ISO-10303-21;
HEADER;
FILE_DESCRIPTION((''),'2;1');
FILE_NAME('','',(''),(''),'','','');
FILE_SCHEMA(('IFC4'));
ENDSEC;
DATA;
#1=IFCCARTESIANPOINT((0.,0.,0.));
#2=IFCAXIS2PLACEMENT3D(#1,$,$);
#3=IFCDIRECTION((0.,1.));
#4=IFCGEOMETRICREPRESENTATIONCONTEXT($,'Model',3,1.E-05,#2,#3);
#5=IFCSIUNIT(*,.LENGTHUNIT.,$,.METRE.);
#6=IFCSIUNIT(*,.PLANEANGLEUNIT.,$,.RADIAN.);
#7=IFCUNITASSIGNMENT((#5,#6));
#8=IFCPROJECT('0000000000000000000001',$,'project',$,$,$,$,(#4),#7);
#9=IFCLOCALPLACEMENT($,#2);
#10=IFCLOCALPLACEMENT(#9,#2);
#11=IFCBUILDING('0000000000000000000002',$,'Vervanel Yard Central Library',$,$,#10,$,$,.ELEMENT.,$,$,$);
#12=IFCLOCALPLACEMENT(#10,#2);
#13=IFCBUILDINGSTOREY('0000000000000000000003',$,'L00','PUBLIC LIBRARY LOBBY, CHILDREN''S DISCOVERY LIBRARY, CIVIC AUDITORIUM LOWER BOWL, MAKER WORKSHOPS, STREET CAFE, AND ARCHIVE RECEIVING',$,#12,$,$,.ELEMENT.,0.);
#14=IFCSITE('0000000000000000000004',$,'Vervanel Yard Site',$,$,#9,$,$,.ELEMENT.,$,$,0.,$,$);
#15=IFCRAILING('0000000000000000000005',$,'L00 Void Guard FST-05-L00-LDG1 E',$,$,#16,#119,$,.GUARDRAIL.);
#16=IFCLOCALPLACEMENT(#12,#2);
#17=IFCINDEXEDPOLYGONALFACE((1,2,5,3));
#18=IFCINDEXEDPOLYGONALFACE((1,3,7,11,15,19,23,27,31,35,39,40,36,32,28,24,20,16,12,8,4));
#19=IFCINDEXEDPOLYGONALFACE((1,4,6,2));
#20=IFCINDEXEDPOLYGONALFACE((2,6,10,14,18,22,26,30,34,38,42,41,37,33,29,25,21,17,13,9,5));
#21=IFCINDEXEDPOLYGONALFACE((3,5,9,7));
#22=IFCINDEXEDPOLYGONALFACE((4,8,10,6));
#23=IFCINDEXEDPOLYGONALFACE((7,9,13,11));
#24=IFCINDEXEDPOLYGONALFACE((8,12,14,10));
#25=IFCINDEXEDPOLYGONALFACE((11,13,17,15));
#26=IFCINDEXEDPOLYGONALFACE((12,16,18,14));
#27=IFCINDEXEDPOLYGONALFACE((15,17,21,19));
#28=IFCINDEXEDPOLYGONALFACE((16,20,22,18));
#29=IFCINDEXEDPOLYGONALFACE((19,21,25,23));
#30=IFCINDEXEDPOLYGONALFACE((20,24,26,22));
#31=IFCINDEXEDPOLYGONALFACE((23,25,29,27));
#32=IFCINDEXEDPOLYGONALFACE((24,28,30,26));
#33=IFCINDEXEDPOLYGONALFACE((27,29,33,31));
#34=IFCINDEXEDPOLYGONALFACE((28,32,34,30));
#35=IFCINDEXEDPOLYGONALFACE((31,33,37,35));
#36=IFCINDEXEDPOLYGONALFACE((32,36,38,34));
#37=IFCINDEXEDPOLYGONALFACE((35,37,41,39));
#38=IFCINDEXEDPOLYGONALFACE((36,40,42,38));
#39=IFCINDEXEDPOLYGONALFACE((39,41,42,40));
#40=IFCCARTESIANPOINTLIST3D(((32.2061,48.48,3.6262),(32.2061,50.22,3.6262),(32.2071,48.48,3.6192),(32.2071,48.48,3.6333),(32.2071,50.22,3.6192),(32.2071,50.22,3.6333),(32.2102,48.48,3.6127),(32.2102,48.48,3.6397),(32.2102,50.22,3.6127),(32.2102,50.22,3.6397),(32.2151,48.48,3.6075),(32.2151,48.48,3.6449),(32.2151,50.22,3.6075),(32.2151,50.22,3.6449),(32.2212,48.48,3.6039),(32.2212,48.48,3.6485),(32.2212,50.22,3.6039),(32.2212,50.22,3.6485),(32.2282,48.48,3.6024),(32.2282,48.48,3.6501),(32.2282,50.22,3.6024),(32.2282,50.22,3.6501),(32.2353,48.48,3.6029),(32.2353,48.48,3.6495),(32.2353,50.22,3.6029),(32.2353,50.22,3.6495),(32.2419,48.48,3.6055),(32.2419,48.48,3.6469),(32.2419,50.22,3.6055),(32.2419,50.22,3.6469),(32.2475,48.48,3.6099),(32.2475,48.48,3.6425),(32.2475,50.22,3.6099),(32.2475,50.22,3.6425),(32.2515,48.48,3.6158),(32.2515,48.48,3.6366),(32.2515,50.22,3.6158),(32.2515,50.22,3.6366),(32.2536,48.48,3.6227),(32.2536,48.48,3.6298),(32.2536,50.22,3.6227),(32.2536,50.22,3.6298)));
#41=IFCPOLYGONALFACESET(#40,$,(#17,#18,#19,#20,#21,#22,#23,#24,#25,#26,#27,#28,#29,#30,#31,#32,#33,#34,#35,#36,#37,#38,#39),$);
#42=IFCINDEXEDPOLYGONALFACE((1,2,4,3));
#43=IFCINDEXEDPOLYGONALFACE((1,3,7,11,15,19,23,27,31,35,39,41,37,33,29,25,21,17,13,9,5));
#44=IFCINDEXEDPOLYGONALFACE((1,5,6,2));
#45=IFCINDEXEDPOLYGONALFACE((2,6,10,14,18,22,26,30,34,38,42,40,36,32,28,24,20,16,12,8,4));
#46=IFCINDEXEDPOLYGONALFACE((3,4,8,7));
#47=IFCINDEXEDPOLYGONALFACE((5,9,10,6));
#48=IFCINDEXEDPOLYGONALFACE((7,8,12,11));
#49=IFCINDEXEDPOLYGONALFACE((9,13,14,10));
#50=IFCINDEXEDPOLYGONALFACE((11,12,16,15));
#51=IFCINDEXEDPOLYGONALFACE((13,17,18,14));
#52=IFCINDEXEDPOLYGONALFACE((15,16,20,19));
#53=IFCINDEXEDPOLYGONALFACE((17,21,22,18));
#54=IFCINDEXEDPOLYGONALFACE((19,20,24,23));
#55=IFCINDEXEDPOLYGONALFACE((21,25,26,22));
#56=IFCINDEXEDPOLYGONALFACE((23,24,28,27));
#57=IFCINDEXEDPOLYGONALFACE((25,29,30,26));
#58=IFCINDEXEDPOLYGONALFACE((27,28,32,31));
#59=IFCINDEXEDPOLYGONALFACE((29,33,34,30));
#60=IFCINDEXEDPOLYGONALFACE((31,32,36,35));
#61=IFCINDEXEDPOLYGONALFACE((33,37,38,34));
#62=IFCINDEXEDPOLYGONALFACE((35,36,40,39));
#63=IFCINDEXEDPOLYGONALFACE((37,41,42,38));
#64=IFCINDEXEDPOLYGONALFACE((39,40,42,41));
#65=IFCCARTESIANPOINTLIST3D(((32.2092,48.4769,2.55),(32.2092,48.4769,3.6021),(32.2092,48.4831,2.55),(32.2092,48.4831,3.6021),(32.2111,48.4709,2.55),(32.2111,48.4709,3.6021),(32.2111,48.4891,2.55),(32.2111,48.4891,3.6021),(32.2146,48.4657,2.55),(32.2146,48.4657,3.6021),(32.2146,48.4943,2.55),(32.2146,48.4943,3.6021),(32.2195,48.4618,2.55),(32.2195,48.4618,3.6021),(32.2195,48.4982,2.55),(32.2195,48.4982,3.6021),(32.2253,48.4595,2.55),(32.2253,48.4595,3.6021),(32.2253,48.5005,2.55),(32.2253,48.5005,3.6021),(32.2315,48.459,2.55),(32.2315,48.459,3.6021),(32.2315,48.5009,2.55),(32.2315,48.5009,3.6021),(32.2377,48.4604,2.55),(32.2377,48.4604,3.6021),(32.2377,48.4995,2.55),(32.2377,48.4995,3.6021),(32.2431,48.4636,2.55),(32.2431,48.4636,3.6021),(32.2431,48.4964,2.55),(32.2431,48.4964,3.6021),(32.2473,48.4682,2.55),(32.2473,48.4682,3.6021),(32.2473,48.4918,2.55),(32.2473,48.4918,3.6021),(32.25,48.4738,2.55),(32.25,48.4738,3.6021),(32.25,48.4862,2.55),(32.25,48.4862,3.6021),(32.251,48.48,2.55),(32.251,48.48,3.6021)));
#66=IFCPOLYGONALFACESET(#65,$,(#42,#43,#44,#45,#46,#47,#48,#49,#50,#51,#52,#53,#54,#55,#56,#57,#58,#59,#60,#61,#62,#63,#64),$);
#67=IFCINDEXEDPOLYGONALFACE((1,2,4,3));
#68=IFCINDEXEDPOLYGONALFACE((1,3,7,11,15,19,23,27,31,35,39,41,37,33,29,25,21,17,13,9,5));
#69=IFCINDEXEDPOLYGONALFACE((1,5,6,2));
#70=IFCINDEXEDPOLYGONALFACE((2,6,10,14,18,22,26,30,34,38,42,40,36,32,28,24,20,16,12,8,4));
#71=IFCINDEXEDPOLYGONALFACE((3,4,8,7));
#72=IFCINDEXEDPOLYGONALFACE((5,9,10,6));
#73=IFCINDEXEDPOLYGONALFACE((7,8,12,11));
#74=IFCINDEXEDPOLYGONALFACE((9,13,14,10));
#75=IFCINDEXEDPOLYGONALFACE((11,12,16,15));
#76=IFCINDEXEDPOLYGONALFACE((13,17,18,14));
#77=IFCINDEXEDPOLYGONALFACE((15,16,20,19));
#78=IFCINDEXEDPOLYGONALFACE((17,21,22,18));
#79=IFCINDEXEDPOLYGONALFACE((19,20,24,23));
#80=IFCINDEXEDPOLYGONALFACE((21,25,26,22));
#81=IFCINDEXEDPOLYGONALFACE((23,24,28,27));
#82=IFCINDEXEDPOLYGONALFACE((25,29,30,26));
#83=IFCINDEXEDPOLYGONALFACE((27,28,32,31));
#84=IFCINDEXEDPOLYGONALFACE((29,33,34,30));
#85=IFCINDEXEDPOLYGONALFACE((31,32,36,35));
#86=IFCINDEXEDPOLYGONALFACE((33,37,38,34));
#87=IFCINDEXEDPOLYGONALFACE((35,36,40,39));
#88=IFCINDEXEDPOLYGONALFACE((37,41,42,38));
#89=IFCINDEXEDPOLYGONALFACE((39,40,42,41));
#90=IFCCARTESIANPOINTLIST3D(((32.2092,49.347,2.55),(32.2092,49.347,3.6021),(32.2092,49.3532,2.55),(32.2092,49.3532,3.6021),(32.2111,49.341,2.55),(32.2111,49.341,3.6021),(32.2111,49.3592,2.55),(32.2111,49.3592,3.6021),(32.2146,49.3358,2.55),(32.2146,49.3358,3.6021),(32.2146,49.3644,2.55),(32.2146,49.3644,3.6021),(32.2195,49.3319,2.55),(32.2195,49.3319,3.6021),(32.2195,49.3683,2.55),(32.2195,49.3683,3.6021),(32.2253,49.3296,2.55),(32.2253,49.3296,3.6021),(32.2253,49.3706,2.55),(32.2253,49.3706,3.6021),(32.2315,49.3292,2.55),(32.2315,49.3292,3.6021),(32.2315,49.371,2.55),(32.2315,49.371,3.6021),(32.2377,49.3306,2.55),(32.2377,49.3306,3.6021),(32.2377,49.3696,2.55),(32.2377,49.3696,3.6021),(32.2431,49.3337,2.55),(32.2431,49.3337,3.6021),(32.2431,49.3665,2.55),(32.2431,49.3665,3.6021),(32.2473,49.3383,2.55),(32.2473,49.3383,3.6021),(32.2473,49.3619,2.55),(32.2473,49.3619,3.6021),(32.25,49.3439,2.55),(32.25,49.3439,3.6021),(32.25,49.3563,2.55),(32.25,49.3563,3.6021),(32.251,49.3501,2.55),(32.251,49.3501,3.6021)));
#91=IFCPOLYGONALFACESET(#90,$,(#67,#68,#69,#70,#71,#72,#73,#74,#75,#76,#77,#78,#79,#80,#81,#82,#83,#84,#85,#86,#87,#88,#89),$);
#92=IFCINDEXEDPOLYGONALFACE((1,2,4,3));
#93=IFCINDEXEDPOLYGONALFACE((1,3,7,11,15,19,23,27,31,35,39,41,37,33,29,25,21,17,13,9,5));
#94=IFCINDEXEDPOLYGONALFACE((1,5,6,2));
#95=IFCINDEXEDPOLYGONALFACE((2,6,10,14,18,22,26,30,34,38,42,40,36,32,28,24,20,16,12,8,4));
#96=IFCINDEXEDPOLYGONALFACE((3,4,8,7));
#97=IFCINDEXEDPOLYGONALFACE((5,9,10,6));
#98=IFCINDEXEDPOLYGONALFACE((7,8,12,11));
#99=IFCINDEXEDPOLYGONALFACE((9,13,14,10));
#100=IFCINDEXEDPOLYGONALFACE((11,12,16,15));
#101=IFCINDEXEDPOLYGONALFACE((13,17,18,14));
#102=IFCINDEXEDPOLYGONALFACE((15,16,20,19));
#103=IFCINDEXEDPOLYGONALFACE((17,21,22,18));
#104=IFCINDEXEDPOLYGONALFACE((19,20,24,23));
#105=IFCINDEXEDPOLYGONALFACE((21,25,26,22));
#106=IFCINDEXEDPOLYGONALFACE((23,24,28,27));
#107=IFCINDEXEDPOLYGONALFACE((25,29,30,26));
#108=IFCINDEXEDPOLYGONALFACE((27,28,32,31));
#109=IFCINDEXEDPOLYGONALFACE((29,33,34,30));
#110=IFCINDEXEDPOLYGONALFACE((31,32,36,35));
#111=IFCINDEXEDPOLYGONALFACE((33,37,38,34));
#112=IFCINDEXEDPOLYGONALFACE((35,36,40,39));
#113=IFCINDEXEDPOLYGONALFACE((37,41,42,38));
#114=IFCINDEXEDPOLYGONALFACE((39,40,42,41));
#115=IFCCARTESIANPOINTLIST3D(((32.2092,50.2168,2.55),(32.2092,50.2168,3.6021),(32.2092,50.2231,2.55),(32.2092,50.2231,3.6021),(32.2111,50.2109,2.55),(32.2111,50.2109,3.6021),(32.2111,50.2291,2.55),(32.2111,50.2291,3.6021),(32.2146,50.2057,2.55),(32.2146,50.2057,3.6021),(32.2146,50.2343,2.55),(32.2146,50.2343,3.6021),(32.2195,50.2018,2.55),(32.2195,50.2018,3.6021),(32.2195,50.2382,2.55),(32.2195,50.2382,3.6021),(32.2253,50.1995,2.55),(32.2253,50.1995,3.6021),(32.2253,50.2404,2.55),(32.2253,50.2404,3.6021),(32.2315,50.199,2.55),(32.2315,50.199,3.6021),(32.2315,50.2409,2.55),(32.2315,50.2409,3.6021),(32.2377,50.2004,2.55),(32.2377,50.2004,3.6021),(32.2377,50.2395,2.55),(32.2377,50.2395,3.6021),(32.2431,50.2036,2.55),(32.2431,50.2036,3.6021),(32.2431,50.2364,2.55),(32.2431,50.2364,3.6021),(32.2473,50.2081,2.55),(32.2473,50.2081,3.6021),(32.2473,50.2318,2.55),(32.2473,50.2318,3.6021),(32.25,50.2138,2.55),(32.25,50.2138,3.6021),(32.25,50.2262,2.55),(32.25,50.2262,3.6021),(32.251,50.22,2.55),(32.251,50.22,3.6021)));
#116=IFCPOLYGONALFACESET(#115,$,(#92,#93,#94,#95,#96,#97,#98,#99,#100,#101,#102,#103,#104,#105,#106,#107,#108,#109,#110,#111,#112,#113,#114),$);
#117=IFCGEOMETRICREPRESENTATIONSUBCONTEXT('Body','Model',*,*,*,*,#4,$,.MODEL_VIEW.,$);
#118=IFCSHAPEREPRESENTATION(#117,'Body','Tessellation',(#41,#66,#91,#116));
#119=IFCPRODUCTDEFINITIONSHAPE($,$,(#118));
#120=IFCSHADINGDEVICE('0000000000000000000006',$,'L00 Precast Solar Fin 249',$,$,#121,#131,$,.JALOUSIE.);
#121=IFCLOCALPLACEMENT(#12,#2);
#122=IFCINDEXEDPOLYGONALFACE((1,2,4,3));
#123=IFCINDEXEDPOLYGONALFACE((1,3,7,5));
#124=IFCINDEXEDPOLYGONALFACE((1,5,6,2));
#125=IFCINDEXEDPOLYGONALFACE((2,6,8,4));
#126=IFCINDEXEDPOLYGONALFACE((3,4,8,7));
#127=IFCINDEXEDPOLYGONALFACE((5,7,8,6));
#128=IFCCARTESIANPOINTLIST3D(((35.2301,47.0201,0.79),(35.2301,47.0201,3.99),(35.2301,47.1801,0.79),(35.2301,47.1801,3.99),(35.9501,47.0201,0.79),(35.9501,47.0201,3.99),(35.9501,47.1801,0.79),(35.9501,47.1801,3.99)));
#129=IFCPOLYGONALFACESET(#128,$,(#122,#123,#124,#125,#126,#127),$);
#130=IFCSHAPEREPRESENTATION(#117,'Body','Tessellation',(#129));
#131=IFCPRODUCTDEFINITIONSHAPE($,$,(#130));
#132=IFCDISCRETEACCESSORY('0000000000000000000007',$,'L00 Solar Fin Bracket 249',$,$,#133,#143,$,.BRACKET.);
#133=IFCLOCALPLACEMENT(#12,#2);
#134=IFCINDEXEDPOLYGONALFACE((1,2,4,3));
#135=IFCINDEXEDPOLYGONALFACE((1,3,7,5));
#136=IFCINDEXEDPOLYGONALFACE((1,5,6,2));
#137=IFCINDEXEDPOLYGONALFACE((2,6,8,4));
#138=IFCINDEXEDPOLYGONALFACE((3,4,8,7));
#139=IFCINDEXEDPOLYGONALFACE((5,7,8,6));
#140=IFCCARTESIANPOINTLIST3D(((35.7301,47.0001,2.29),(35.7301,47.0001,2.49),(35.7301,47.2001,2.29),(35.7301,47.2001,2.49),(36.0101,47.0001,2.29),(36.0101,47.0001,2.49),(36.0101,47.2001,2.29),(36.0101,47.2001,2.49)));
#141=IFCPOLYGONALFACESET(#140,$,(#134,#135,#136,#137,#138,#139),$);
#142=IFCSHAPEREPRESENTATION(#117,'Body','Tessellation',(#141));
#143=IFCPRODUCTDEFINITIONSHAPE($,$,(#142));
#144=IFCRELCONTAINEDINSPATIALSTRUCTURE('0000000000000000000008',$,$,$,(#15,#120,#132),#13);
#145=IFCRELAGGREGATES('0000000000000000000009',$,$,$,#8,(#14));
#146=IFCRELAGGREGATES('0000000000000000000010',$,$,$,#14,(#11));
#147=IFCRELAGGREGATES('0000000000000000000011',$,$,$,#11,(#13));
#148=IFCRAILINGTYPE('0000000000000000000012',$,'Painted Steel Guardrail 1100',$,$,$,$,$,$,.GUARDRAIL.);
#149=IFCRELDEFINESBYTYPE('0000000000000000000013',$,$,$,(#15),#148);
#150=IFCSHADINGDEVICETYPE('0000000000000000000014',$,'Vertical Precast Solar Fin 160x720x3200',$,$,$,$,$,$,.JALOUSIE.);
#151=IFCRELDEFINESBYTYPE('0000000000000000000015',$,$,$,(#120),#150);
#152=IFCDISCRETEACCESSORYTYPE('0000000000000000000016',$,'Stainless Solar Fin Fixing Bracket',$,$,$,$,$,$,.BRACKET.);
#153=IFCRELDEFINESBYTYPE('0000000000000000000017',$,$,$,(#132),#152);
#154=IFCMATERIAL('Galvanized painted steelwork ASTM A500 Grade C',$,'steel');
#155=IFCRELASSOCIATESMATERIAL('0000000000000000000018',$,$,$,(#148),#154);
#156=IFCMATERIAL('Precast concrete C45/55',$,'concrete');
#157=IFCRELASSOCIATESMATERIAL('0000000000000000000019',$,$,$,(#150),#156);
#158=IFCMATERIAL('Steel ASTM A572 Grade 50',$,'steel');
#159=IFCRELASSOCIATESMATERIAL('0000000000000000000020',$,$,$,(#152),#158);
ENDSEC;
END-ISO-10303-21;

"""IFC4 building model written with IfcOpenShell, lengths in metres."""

from ifc_helpers import new_model, si_unit, direction, frame, origin, origin_2d, place, context, subcontext, project, spatial, rectangle, circle, extrude, material, type_object, element, save


model = new_model("IFC4")

# Units and contexts
model_context = context("Model", 3, precision=1e-05, world=origin(), true_north=direction((0.0, 1.0)))
body_context = subcontext(model_context, "Body", "Model", "MODEL_VIEW")
ifc_project = project(units=[si_unit("LENGTHUNIT", "METRE"), si_unit("PLANEANGLEUNIT", "RADIAN")], contexts=[model_context])

# Site, building, storey
site_placement = place(None, origin())
site = spatial("IfcSite", under=ifc_project, at=site_placement, Name="Vervanel Yard Site", CompositionType="ELEMENT", RefElevation=0.0)
building_placement = place(site_placement, origin())
building = spatial("IfcBuilding", under=site, at=building_placement, Name="Vervanel Yard Central Library", CompositionType="ELEMENT")
storey_placement = place(building_placement, origin())
storey = spatial("IfcBuildingStorey", under=building, at=storey_placement, Name="L00", Description="PUBLIC LIBRARY LOBBY, CHILDREN'S DISCOVERY LIBRARY, CIVIC AUDITORIUM LOWER BOWL, MAKER WORKSHOPS, STREET CAFE, AND ARCHIVE RECEIVING", CompositionType="ELEMENT", Elevation=0.0)

# Railing
ifc_material_1 = material(Name="Galvanized painted steelwork ASTM A500 Grade C", Category="steel")
railing_type = type_object("IfcRailingType", Name="Painted Steel Guardrail 1100", PredefinedType="GUARDRAIL", material=ifc_material_1)
railing_placement = place(storey_placement, frame((32.23, 48.48, 2.55)))
element("IfcRailing", 1, at=railing_placement, inside=storey, type_object=railing_type, Name="L00 Void Guard FST-05-L00-LDG1 E", PredefinedType="GUARDRAIL", context=body_context, shape_type="SweptSolid", body=[
    extrude(circle(Radius=0.0239, at=origin_2d()), frame((0.0, 0.0, 1.0762), z_axis=(0.0, 1.0, 0.0), x_axis=(-1.0, 0.0, 0.0)), (0.0, 0.0, 1.0), 1.74),
    extrude(circle(Radius=0.021, at=origin_2d()), origin(), (0.0, 0.0, 1.0), 1.052),
    extrude(circle(Radius=0.021, at=origin_2d()), frame((0.0, 0.8701, 0.0)), (0.0, 0.0, 1.0), 1.052),
    extrude(circle(Radius=0.021, at=origin_2d()), frame((0.0, 1.74, 0.0)), (0.0, 0.0, 1.0), 1.052),
])

# Shading device
ifc_material_2 = material(Name="Precast concrete C45/55", Category="concrete")
shading_device_type = type_object("IfcShadingDeviceType", Name="Vertical Precast Solar Fin 160x720x3200", PredefinedType="JALOUSIE", material=ifc_material_2)
shading_device_placement = place(storey_placement, frame((35.5901, 47.1001, 0.79), z_axis=(0.0, 0.0, 1.0), x_axis=(0.0, 1.0, 0.0)))
element("IfcShadingDevice", 2, at=shading_device_placement, inside=storey, type_object=shading_device_type, Name="L00 Precast Solar Fin 249", PredefinedType="JALOUSIE", context=body_context, shape_type="SweptSolid", body=[
    extrude(rectangle(XDim=0.1599, YDim=0.72, at=origin_2d()), origin(), (0.0, 0.0, 1.0), 3.2),
])

# Discrete accessory
ifc_material_3 = material(Name="Steel ASTM A572 Grade 50", Category="steel")
discrete_accessory_type = type_object("IfcDiscreteAccessoryType", Name="Stainless Solar Fin Fixing Bracket", PredefinedType="BRACKET", material=ifc_material_3)
discrete_accessory_placement = place(storey_placement, frame((35.8701, 47.1001, 2.29), z_axis=(0.0, 0.0, 1.0), x_axis=(0.0, 1.0, 0.0)))
element("IfcDiscreteAccessory", 3, at=discrete_accessory_placement, inside=storey, type_object=discrete_accessory_type, Name="L00 Solar Fin Bracket 249", PredefinedType="BRACKET", context=body_context, shape_type="SweptSolid", body=[
    extrude(rectangle(XDim=0.2, YDim=0.28, at=origin_2d()), origin(), (0.0, 0.0, 1.0), 0.2),
])

save(model, "model.ifc")
